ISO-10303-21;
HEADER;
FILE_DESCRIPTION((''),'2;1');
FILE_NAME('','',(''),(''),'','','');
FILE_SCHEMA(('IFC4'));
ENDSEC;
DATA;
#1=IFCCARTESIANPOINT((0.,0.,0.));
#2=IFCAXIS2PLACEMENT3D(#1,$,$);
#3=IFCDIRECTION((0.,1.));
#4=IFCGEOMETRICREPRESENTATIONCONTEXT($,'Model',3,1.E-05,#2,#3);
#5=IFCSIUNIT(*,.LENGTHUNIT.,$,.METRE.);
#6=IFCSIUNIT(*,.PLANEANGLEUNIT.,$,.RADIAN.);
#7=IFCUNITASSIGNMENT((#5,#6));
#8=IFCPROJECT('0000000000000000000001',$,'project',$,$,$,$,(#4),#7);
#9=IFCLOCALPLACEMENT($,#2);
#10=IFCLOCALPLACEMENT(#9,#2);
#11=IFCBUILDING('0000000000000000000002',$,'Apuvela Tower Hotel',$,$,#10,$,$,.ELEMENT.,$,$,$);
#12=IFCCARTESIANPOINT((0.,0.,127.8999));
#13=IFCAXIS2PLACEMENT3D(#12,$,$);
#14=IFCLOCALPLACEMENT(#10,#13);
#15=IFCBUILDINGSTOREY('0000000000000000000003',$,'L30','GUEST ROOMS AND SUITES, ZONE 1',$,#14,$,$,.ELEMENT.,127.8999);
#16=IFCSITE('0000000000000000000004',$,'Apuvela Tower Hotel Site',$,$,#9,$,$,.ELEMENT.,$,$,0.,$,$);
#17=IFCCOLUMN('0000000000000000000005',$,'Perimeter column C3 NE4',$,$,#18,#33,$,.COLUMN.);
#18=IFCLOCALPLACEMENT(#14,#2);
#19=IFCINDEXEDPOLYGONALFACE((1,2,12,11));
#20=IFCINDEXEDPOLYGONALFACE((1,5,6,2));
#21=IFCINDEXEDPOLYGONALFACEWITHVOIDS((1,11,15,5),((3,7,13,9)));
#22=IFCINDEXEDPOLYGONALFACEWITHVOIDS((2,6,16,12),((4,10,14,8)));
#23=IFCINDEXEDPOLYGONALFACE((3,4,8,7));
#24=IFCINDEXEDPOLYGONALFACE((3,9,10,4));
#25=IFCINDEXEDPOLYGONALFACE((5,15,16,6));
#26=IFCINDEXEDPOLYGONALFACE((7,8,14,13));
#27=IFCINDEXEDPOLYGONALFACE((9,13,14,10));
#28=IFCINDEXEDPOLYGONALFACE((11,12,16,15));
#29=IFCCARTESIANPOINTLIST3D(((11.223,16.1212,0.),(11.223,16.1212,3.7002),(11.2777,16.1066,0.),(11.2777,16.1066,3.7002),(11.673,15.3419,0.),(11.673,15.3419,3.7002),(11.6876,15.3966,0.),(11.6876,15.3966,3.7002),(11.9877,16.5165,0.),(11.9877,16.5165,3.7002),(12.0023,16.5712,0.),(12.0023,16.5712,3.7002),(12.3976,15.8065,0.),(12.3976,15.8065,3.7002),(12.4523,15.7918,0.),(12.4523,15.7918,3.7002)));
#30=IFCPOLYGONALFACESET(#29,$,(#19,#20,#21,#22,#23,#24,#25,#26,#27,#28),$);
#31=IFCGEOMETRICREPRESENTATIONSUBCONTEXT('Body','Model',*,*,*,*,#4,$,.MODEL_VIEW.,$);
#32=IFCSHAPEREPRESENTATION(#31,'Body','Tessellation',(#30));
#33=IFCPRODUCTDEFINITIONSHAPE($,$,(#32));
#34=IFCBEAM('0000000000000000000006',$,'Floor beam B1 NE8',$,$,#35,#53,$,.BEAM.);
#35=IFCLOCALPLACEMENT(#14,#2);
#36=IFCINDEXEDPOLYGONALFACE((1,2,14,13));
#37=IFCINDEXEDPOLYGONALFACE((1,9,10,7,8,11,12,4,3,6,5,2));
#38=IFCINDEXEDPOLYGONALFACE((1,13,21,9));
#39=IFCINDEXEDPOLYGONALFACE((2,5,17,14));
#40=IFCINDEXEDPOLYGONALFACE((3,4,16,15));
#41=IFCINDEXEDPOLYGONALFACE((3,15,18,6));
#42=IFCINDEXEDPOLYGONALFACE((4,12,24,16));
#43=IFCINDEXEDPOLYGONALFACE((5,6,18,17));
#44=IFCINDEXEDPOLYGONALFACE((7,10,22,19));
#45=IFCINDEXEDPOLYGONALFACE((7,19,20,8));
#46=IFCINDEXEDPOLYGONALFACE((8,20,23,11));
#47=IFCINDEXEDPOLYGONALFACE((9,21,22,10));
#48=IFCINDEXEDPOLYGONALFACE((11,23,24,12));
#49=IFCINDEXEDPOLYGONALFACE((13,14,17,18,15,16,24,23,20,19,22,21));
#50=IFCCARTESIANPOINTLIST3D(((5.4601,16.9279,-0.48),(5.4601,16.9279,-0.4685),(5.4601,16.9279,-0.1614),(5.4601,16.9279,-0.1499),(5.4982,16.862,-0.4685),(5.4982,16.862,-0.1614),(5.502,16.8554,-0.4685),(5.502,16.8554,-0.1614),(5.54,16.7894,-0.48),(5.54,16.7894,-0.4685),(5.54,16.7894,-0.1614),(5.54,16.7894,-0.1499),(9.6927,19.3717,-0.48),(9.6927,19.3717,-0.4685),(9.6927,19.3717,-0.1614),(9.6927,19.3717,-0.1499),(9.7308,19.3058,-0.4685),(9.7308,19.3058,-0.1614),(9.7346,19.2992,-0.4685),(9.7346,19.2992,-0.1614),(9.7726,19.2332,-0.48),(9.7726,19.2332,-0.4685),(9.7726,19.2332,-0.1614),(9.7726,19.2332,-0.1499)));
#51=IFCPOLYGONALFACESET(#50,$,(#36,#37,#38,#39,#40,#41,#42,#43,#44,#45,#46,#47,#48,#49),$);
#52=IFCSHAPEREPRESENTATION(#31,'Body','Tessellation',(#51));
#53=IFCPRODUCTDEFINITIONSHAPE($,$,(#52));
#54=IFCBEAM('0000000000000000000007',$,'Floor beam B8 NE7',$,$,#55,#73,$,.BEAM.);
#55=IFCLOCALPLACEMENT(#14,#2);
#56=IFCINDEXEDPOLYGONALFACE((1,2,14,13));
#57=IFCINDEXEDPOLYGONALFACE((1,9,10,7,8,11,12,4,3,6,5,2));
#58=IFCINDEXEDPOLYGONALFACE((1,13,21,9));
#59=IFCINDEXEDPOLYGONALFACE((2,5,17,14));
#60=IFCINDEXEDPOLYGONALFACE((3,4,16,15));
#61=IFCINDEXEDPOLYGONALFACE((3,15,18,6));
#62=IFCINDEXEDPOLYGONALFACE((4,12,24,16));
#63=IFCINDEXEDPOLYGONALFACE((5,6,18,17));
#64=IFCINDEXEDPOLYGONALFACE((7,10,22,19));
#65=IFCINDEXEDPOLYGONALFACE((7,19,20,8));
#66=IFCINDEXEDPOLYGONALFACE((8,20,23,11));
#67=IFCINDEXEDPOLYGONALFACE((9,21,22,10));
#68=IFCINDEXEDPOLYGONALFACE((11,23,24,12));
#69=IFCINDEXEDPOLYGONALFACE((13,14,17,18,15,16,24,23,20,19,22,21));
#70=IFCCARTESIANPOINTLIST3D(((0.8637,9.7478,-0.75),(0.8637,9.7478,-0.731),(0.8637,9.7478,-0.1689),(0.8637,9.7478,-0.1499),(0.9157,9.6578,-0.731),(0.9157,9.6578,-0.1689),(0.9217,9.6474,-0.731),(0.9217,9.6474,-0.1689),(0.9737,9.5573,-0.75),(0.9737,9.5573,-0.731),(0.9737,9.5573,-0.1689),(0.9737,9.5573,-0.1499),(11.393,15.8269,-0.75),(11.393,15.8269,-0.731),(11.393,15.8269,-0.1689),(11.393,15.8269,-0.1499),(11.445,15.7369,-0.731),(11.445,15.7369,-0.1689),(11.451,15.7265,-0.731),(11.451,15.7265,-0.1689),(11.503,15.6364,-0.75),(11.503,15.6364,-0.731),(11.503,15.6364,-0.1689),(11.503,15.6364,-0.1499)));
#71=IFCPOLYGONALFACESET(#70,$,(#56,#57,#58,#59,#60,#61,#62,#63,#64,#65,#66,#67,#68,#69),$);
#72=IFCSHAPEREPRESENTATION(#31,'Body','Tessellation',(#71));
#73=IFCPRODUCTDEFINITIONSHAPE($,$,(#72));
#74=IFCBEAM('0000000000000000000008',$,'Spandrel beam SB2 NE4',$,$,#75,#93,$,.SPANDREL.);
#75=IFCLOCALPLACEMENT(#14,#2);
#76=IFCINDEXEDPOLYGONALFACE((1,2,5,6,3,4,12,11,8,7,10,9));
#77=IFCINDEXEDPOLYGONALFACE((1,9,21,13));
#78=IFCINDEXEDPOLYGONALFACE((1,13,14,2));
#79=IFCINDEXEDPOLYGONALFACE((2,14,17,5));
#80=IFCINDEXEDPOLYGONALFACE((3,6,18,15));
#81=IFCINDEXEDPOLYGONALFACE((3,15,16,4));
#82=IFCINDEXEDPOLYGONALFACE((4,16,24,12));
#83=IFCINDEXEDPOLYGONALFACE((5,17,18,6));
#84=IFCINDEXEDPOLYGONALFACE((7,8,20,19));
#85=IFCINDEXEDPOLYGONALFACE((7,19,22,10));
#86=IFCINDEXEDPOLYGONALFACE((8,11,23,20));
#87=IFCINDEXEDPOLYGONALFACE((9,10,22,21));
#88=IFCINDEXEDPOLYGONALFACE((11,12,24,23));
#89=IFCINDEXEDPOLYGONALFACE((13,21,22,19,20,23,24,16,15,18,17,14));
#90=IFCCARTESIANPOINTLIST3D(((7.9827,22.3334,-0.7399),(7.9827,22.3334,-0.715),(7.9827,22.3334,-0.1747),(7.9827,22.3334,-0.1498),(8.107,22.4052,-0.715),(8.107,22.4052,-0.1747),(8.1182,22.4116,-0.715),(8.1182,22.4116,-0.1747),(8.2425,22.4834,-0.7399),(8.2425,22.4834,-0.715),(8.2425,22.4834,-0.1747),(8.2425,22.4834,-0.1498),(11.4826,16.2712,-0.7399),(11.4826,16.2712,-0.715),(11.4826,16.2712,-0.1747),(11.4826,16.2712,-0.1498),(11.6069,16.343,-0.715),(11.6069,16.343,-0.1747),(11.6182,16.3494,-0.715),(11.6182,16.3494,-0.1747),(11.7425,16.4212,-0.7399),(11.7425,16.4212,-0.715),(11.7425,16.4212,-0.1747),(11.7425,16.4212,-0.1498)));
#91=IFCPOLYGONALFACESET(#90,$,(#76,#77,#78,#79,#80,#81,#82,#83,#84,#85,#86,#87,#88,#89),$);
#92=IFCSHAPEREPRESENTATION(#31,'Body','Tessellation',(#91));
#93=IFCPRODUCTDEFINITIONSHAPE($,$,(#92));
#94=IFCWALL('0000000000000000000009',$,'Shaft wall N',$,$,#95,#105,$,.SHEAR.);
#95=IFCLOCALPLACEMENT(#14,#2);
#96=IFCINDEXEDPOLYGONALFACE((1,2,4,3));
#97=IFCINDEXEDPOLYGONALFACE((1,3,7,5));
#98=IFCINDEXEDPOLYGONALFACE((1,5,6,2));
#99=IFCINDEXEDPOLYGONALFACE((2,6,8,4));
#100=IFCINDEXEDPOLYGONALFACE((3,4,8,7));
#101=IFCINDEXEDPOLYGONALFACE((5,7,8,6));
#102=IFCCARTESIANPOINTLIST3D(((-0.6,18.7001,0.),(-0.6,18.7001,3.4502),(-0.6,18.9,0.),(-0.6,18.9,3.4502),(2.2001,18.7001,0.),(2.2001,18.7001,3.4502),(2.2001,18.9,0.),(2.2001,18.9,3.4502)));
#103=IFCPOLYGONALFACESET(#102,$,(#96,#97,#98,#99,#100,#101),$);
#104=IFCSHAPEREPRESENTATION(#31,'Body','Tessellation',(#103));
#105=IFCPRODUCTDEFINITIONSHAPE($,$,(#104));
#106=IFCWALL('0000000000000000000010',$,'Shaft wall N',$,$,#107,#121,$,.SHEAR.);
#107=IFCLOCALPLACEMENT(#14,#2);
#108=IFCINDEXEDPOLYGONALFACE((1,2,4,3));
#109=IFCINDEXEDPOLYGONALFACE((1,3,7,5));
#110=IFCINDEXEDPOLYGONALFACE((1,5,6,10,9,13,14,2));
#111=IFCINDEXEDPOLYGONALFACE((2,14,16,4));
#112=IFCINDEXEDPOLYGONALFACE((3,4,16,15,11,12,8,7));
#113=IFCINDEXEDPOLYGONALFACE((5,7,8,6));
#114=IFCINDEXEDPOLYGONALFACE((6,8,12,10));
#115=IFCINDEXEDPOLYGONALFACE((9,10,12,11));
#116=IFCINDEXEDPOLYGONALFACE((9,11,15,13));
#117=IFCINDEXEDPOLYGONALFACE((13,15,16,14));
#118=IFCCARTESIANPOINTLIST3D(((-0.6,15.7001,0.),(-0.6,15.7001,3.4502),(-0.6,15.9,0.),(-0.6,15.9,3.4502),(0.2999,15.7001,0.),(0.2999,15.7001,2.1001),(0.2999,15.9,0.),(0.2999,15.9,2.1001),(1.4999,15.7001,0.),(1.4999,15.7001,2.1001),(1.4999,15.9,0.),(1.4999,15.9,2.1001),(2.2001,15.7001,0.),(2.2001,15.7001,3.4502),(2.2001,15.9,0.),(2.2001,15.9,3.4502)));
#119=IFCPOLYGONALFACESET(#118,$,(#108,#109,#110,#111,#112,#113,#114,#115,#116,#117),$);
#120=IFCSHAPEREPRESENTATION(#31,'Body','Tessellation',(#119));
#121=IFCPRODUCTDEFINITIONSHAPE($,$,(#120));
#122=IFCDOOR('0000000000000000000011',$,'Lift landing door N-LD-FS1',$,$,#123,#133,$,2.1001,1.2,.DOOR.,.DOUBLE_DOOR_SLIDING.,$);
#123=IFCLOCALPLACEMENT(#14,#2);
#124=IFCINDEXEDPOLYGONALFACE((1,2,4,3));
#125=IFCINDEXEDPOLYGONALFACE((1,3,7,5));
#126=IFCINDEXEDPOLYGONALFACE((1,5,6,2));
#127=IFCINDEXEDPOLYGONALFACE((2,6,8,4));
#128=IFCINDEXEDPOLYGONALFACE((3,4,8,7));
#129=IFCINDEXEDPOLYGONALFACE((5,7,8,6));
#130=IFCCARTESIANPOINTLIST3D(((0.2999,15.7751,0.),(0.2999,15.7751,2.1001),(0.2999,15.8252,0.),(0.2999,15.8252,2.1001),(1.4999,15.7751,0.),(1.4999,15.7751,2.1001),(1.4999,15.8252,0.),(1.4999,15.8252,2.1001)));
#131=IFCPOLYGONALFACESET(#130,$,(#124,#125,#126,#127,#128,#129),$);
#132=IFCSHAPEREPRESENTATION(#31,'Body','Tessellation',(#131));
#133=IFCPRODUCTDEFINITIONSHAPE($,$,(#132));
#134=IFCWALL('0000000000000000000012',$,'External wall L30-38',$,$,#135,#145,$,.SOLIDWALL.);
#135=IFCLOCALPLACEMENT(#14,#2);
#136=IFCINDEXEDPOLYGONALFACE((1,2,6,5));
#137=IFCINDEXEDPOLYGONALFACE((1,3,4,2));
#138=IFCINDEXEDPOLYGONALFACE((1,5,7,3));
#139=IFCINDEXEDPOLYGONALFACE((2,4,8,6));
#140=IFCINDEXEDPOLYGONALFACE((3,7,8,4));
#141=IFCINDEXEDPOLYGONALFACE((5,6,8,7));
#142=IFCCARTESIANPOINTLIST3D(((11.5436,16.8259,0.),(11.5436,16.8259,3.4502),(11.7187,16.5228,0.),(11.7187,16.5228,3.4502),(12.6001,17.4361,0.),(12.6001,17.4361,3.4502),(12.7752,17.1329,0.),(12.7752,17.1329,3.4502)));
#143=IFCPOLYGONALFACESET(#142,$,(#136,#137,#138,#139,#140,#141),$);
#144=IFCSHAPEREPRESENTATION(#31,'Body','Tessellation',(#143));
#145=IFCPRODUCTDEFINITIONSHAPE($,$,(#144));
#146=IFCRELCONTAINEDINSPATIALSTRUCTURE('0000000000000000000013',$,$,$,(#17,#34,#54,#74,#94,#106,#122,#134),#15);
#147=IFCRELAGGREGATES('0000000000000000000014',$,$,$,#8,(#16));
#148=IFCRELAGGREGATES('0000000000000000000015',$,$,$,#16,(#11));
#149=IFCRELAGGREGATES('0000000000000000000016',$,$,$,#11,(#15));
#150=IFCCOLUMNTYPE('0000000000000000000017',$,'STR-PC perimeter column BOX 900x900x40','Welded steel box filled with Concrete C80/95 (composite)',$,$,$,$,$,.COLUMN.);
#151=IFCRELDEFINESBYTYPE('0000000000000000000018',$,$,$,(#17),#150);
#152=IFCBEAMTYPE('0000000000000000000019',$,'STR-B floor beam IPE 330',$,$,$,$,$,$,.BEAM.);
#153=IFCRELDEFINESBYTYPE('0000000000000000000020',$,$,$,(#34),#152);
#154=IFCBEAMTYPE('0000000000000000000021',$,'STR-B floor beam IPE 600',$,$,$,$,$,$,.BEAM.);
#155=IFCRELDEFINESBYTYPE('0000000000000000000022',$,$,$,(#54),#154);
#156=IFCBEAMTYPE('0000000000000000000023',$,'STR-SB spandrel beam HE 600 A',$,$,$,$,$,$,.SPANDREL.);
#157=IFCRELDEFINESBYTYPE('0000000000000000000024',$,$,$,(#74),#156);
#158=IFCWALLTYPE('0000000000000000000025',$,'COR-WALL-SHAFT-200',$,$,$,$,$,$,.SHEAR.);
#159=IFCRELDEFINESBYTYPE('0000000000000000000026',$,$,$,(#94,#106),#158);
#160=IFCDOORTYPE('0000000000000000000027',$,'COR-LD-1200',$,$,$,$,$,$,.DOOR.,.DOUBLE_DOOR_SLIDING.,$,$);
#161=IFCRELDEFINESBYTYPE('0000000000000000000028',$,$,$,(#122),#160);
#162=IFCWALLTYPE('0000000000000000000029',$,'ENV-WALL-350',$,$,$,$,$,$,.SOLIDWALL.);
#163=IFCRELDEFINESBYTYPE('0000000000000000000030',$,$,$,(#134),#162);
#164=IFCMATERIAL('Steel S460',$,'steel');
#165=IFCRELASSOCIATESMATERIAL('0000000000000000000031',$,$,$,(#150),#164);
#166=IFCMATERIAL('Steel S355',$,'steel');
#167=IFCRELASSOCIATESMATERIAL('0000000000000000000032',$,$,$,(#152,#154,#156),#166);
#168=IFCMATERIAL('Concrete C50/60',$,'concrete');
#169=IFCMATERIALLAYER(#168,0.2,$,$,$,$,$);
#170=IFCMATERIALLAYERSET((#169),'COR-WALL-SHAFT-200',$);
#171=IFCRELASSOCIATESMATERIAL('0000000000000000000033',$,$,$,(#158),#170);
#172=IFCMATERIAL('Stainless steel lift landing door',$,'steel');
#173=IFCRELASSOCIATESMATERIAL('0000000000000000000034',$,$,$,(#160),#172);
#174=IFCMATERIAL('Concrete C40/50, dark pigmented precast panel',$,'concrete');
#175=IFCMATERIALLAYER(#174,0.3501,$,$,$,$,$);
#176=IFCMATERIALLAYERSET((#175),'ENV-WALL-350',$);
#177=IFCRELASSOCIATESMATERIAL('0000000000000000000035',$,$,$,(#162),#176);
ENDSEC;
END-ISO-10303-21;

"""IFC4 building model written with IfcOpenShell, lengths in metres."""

from ifc_helpers import new_model, si_unit, direction, frame, frame_2d, origin, origin_2d, place, context, subcontext, project, spatial, rectangle, hollow_rectangle, i_section, extrude, material, layer, layer_set, material_profile, profile_set, type_object, element, fill, save


model = new_model("IFC4")

# Units and contexts
model_context = context("Model", 3, precision=1e-05, world=origin(), true_north=direction((0.0, 1.0)))
body_context = subcontext(model_context, "Body", "Model", "MODEL_VIEW")
ifc_project = project(units=[si_unit("LENGTHUNIT", "METRE"), si_unit("PLANEANGLEUNIT", "RADIAN")], contexts=[model_context])

# Site, building, storey
site_placement = place(None, origin())
site = spatial("IfcSite", under=ifc_project, at=site_placement, Name="Apuvela Tower Hotel Site", CompositionType="ELEMENT", RefElevation=0.0)
building_placement = place(site_placement, origin())
building = spatial("IfcBuilding", under=site, at=building_placement, Name="Apuvela Tower Hotel", CompositionType="ELEMENT")
storey_placement = place(building_placement, frame((0.0, 0.0, 127.8999)))
storey = spatial("IfcBuildingStorey", under=building, at=storey_placement, Name="L30", Description="GUEST ROOMS AND SUITES, ZONE 1", CompositionType="ELEMENT", Elevation=127.8999)

# Column
ifc_material_1 = material(Name="Steel S460", Category="steel")
ifc_material_profile_1 = material_profile(ifc_material_1, hollow_rectangle(XDim=0.8999, YDim=0.8999, WallThickness=0.04, at=origin_2d()), Name="BOX 900x900x40")
ifc_material_2 = material(Name="Concrete C80/95", Category="concrete")
ifc_material_profile_2 = material_profile(ifc_material_2, rectangle(XDim=0.8201, YDim=0.8201, at=origin_2d()), Name="Concrete C80/95 infill")
ifc_profile_set_1 = profile_set([ifc_material_profile_1, ifc_material_profile_2], Name="Steel S460")
column_type = type_object("IfcColumnType", Name="STR-PC perimeter column BOX 900x900x40", Description="Welded steel box filled with Concrete C80/95 (composite)", PredefinedType="COLUMN", material=ifc_profile_set_1)
column_placement = place(storey_placement, frame((11.8376, 15.9565, 0.0), z_axis=(0.0, 0.0, 1.0), x_axis=(-0.5, 0.866025, 0.0)))
element("IfcColumn", 1, at=column_placement, inside=storey, type_object=column_type, Name="Perimeter column C3 NE4", PredefinedType="COLUMN", context=body_context, shape_type="SweptSolid", body=[
    extrude(hollow_rectangle(XDim=0.8999, YDim=0.8999, WallThickness=0.04, at=origin_2d()), origin(), (0.0, 0.0, 1.0), 3.7002),
])

# Beams
ifc_material_3 = material(Name="Steel S355", Category="steel")
ifc_material_profile_3 = material_profile(ifc_material_3, i_section(OverallWidth=0.1599, OverallDepth=0.3301, WebThickness=0.0076, FlangeThickness=0.0115, at=origin_2d()), Name="IPE 330")
ifc_profile_set_2 = profile_set([ifc_material_profile_3], Name="Steel S355")
beam_type_1 = type_object("IfcBeamType", Name="STR-B floor beam IPE 330", PredefinedType="BEAM", material=ifc_profile_set_2)
beam_1_placement = place(storey_placement, frame((9.7327, 19.3025, -0.3149), z_axis=(-0.866015, -0.500018, 0.0), x_axis=(0.500018, -0.866015, 0.0)))
element("IfcBeam", 2, at=beam_1_placement, inside=storey, type_object=beam_type_1, Name="Floor beam B1 NE8", PredefinedType="BEAM", context=body_context, shape_type="SweptSolid", body=[
    extrude(i_section(OverallWidth=0.1599, OverallDepth=0.3301, WebThickness=0.0076, FlangeThickness=0.0115, at=origin_2d()), origin(), (0.0, 0.0, 1.0), 4.8875),
])
ifc_material_profile_4 = material_profile(ifc_material_3, i_section(OverallWidth=0.22, OverallDepth=0.6001, WebThickness=0.012, FlangeThickness=0.019, at=origin_2d()), Name="IPE 600")
ifc_profile_set_3 = profile_set([ifc_material_profile_4], Name="Steel S355")
beam_type_2 = type_object("IfcBeamType", Name="STR-B floor beam IPE 600", PredefinedType="BEAM", material=ifc_profile_set_3)
beam_2_placement = place(storey_placement, frame((11.448, 15.7317, -0.45), z_axis=(-0.866025, -0.500001, 0.0), x_axis=(0.500001, -0.866025, 0.0)))
element("IfcBeam", 3, at=beam_2_placement, inside=storey, type_object=beam_type_2, Name="Floor beam B8 NE7", PredefinedType="BEAM", context=body_context, shape_type="SweptSolid", body=[
    extrude(i_section(OverallWidth=0.22, OverallDepth=0.6001, WebThickness=0.012, FlangeThickness=0.019, at=origin_2d()), origin(), (0.0, 0.0, 1.0), 12.1582),
])
ifc_material_profile_5 = material_profile(ifc_material_3, i_section(OverallWidth=0.3, OverallDepth=0.5901, WebThickness=0.0129, FlangeThickness=0.0249, at=origin_2d()), Name="HE 600 A")
ifc_profile_set_4 = profile_set([ifc_material_profile_5], Name="Steel S355")
beam_type_3 = type_object("IfcBeamType", Name="STR-SB spandrel beam HE 600 A", PredefinedType="SPANDREL", material=ifc_profile_set_4)
beam_3_placement = place(storey_placement, frame((11.6125, 16.3462, -0.4448), z_axis=(-0.499995, 0.866028, 0.0), x_axis=(-0.866028, -0.499995, 0.0)))
element("IfcBeam", 4, at=beam_3_placement, inside=storey, type_object=beam_type_3, Name="Spandrel beam SB2 NE4", PredefinedType="SPANDREL", context=body_context, shape_type="SweptSolid", body=[
    extrude(i_section(OverallWidth=0.3, OverallDepth=0.5901, WebThickness=0.0129, FlangeThickness=0.0249, at=origin_2d()), origin(), (0.0, 0.0, 1.0), 7.0),
])

# Wall
ifc_material_4 = material(Name="Concrete C50/60", Category="concrete")
ifc_layer_1 = layer(ifc_material_4, 0.2)
ifc_layer_set_1 = layer_set([ifc_layer_1], Name="COR-WALL-SHAFT-200")
wall_type_1 = type_object("IfcWallType", Name="COR-WALL-SHAFT-200", PredefinedType="SHEAR", material=ifc_layer_set_1)
wall_1_placement = place(storey_placement, frame((2.2, 18.8, 0.0), z_axis=(0.0, 0.0, 1.0), x_axis=(-1.0, 0.0, 0.0)))
element("IfcWall", 5, at=wall_1_placement, inside=storey, type_object=wall_type_1, Name="Shaft wall N", PredefinedType="SHEAR", context=body_context, shape_type="SweptSolid", body=[
    extrude(rectangle(XDim=2.8, YDim=0.2, at=frame_2d((1.3999, 0.0))), origin(), (0.0, 0.0, 1.0), 3.4502),
])

# Wall, opening, door
wall_2_placement = place(storey_placement, frame((2.2, 15.8, 0.0), z_axis=(0.0, 0.0, 1.0), x_axis=(-1.0, 0.0, 0.0)))
wall_2 = element("IfcWall", 6, at=wall_2_placement, inside=storey, type_object=wall_type_1, Name="Shaft wall N", PredefinedType="SHEAR", context=body_context, shape_type="SweptSolid", body=[
    extrude(rectangle(XDim=2.8, YDim=0.2, at=frame_2d((1.3999, 0.0))), origin(), (0.0, 0.0, 1.0), 3.4502),
])
opening_1_placement = place(wall_2_placement, frame((0.7, 0.0, 0.0)))
opening_1 = element("IfcOpeningElement", 7, at=opening_1_placement, cuts=wall_2, PredefinedType="OPENING", context=body_context, shape_type="SweptSolid", body=[
    extrude(rectangle(XDim=1.2, YDim=2.1001, at=frame_2d((0.6001, 1.05))), frame((0.0, 0.1099, 0.0), z_axis=(0.0, -1.0, 0.0), x_axis=(1.0, 0.0, 0.0)), (0.0, 0.0, 1.0), 0.22),
])
ifc_material_5 = material(Name="Stainless steel lift landing door", Category="steel")
door_type_1 = type_object("IfcDoorType", Name="COR-LD-1200", OperationType="DOUBLE_DOOR_SLIDING", PredefinedType="DOOR", material=ifc_material_5)
door_1_placement = place(opening_1_placement, origin())
door_1 = element("IfcDoor", 8, at=door_1_placement, inside=storey, type_object=door_type_1, Name="Lift landing door N-LD-FS1", OperationType="DOUBLE_DOOR_SLIDING", OverallHeight=2.1001, OverallWidth=1.2, PredefinedType="DOOR", context=body_context, shape_type="SweptSolid", body=[
    extrude(rectangle(XDim=1.2, YDim=2.1001, at=frame_2d((0.6001, 1.05))), frame((0.0, 0.0249, 0.0), z_axis=(0.0, -1.0, 0.0), x_axis=(1.0, 0.0, 0.0)), (0.0, 0.0, 1.0), 0.05),
])
fill(opening_1, door_1)

# Wall
ifc_material_6 = material(Name="Concrete C40/50, dark pigmented precast panel", Category="concrete")
ifc_layer_2 = layer(ifc_material_6, 0.3501)
ifc_layer_set_2 = layer_set([ifc_layer_2], Name="ENV-WALL-350")
wall_type_2 = type_object("IfcWallType", Name="ENV-WALL-350", PredefinedType="SOLIDWALL", material=ifc_layer_set_2)
wall_3_placement = place(storey_placement, frame((12.6875, 17.2844, 0.0), z_axis=(0.0, 0.0, 1.0), x_axis=(-0.865956, -0.500121, 0.0)))
element("IfcWall", 9, at=wall_3_placement, inside=storey, type_object=wall_type_2, Name="External wall L30-38", PredefinedType="SOLIDWALL", context=body_context, shape_type="SweptSolid", body=[
    extrude(rectangle(XDim=1.22, YDim=0.3501, at=frame_2d((0.6099, 0.0))), origin(), (0.0, 0.0, 1.0), 3.4502),
])

save(model, "model.ifc")
